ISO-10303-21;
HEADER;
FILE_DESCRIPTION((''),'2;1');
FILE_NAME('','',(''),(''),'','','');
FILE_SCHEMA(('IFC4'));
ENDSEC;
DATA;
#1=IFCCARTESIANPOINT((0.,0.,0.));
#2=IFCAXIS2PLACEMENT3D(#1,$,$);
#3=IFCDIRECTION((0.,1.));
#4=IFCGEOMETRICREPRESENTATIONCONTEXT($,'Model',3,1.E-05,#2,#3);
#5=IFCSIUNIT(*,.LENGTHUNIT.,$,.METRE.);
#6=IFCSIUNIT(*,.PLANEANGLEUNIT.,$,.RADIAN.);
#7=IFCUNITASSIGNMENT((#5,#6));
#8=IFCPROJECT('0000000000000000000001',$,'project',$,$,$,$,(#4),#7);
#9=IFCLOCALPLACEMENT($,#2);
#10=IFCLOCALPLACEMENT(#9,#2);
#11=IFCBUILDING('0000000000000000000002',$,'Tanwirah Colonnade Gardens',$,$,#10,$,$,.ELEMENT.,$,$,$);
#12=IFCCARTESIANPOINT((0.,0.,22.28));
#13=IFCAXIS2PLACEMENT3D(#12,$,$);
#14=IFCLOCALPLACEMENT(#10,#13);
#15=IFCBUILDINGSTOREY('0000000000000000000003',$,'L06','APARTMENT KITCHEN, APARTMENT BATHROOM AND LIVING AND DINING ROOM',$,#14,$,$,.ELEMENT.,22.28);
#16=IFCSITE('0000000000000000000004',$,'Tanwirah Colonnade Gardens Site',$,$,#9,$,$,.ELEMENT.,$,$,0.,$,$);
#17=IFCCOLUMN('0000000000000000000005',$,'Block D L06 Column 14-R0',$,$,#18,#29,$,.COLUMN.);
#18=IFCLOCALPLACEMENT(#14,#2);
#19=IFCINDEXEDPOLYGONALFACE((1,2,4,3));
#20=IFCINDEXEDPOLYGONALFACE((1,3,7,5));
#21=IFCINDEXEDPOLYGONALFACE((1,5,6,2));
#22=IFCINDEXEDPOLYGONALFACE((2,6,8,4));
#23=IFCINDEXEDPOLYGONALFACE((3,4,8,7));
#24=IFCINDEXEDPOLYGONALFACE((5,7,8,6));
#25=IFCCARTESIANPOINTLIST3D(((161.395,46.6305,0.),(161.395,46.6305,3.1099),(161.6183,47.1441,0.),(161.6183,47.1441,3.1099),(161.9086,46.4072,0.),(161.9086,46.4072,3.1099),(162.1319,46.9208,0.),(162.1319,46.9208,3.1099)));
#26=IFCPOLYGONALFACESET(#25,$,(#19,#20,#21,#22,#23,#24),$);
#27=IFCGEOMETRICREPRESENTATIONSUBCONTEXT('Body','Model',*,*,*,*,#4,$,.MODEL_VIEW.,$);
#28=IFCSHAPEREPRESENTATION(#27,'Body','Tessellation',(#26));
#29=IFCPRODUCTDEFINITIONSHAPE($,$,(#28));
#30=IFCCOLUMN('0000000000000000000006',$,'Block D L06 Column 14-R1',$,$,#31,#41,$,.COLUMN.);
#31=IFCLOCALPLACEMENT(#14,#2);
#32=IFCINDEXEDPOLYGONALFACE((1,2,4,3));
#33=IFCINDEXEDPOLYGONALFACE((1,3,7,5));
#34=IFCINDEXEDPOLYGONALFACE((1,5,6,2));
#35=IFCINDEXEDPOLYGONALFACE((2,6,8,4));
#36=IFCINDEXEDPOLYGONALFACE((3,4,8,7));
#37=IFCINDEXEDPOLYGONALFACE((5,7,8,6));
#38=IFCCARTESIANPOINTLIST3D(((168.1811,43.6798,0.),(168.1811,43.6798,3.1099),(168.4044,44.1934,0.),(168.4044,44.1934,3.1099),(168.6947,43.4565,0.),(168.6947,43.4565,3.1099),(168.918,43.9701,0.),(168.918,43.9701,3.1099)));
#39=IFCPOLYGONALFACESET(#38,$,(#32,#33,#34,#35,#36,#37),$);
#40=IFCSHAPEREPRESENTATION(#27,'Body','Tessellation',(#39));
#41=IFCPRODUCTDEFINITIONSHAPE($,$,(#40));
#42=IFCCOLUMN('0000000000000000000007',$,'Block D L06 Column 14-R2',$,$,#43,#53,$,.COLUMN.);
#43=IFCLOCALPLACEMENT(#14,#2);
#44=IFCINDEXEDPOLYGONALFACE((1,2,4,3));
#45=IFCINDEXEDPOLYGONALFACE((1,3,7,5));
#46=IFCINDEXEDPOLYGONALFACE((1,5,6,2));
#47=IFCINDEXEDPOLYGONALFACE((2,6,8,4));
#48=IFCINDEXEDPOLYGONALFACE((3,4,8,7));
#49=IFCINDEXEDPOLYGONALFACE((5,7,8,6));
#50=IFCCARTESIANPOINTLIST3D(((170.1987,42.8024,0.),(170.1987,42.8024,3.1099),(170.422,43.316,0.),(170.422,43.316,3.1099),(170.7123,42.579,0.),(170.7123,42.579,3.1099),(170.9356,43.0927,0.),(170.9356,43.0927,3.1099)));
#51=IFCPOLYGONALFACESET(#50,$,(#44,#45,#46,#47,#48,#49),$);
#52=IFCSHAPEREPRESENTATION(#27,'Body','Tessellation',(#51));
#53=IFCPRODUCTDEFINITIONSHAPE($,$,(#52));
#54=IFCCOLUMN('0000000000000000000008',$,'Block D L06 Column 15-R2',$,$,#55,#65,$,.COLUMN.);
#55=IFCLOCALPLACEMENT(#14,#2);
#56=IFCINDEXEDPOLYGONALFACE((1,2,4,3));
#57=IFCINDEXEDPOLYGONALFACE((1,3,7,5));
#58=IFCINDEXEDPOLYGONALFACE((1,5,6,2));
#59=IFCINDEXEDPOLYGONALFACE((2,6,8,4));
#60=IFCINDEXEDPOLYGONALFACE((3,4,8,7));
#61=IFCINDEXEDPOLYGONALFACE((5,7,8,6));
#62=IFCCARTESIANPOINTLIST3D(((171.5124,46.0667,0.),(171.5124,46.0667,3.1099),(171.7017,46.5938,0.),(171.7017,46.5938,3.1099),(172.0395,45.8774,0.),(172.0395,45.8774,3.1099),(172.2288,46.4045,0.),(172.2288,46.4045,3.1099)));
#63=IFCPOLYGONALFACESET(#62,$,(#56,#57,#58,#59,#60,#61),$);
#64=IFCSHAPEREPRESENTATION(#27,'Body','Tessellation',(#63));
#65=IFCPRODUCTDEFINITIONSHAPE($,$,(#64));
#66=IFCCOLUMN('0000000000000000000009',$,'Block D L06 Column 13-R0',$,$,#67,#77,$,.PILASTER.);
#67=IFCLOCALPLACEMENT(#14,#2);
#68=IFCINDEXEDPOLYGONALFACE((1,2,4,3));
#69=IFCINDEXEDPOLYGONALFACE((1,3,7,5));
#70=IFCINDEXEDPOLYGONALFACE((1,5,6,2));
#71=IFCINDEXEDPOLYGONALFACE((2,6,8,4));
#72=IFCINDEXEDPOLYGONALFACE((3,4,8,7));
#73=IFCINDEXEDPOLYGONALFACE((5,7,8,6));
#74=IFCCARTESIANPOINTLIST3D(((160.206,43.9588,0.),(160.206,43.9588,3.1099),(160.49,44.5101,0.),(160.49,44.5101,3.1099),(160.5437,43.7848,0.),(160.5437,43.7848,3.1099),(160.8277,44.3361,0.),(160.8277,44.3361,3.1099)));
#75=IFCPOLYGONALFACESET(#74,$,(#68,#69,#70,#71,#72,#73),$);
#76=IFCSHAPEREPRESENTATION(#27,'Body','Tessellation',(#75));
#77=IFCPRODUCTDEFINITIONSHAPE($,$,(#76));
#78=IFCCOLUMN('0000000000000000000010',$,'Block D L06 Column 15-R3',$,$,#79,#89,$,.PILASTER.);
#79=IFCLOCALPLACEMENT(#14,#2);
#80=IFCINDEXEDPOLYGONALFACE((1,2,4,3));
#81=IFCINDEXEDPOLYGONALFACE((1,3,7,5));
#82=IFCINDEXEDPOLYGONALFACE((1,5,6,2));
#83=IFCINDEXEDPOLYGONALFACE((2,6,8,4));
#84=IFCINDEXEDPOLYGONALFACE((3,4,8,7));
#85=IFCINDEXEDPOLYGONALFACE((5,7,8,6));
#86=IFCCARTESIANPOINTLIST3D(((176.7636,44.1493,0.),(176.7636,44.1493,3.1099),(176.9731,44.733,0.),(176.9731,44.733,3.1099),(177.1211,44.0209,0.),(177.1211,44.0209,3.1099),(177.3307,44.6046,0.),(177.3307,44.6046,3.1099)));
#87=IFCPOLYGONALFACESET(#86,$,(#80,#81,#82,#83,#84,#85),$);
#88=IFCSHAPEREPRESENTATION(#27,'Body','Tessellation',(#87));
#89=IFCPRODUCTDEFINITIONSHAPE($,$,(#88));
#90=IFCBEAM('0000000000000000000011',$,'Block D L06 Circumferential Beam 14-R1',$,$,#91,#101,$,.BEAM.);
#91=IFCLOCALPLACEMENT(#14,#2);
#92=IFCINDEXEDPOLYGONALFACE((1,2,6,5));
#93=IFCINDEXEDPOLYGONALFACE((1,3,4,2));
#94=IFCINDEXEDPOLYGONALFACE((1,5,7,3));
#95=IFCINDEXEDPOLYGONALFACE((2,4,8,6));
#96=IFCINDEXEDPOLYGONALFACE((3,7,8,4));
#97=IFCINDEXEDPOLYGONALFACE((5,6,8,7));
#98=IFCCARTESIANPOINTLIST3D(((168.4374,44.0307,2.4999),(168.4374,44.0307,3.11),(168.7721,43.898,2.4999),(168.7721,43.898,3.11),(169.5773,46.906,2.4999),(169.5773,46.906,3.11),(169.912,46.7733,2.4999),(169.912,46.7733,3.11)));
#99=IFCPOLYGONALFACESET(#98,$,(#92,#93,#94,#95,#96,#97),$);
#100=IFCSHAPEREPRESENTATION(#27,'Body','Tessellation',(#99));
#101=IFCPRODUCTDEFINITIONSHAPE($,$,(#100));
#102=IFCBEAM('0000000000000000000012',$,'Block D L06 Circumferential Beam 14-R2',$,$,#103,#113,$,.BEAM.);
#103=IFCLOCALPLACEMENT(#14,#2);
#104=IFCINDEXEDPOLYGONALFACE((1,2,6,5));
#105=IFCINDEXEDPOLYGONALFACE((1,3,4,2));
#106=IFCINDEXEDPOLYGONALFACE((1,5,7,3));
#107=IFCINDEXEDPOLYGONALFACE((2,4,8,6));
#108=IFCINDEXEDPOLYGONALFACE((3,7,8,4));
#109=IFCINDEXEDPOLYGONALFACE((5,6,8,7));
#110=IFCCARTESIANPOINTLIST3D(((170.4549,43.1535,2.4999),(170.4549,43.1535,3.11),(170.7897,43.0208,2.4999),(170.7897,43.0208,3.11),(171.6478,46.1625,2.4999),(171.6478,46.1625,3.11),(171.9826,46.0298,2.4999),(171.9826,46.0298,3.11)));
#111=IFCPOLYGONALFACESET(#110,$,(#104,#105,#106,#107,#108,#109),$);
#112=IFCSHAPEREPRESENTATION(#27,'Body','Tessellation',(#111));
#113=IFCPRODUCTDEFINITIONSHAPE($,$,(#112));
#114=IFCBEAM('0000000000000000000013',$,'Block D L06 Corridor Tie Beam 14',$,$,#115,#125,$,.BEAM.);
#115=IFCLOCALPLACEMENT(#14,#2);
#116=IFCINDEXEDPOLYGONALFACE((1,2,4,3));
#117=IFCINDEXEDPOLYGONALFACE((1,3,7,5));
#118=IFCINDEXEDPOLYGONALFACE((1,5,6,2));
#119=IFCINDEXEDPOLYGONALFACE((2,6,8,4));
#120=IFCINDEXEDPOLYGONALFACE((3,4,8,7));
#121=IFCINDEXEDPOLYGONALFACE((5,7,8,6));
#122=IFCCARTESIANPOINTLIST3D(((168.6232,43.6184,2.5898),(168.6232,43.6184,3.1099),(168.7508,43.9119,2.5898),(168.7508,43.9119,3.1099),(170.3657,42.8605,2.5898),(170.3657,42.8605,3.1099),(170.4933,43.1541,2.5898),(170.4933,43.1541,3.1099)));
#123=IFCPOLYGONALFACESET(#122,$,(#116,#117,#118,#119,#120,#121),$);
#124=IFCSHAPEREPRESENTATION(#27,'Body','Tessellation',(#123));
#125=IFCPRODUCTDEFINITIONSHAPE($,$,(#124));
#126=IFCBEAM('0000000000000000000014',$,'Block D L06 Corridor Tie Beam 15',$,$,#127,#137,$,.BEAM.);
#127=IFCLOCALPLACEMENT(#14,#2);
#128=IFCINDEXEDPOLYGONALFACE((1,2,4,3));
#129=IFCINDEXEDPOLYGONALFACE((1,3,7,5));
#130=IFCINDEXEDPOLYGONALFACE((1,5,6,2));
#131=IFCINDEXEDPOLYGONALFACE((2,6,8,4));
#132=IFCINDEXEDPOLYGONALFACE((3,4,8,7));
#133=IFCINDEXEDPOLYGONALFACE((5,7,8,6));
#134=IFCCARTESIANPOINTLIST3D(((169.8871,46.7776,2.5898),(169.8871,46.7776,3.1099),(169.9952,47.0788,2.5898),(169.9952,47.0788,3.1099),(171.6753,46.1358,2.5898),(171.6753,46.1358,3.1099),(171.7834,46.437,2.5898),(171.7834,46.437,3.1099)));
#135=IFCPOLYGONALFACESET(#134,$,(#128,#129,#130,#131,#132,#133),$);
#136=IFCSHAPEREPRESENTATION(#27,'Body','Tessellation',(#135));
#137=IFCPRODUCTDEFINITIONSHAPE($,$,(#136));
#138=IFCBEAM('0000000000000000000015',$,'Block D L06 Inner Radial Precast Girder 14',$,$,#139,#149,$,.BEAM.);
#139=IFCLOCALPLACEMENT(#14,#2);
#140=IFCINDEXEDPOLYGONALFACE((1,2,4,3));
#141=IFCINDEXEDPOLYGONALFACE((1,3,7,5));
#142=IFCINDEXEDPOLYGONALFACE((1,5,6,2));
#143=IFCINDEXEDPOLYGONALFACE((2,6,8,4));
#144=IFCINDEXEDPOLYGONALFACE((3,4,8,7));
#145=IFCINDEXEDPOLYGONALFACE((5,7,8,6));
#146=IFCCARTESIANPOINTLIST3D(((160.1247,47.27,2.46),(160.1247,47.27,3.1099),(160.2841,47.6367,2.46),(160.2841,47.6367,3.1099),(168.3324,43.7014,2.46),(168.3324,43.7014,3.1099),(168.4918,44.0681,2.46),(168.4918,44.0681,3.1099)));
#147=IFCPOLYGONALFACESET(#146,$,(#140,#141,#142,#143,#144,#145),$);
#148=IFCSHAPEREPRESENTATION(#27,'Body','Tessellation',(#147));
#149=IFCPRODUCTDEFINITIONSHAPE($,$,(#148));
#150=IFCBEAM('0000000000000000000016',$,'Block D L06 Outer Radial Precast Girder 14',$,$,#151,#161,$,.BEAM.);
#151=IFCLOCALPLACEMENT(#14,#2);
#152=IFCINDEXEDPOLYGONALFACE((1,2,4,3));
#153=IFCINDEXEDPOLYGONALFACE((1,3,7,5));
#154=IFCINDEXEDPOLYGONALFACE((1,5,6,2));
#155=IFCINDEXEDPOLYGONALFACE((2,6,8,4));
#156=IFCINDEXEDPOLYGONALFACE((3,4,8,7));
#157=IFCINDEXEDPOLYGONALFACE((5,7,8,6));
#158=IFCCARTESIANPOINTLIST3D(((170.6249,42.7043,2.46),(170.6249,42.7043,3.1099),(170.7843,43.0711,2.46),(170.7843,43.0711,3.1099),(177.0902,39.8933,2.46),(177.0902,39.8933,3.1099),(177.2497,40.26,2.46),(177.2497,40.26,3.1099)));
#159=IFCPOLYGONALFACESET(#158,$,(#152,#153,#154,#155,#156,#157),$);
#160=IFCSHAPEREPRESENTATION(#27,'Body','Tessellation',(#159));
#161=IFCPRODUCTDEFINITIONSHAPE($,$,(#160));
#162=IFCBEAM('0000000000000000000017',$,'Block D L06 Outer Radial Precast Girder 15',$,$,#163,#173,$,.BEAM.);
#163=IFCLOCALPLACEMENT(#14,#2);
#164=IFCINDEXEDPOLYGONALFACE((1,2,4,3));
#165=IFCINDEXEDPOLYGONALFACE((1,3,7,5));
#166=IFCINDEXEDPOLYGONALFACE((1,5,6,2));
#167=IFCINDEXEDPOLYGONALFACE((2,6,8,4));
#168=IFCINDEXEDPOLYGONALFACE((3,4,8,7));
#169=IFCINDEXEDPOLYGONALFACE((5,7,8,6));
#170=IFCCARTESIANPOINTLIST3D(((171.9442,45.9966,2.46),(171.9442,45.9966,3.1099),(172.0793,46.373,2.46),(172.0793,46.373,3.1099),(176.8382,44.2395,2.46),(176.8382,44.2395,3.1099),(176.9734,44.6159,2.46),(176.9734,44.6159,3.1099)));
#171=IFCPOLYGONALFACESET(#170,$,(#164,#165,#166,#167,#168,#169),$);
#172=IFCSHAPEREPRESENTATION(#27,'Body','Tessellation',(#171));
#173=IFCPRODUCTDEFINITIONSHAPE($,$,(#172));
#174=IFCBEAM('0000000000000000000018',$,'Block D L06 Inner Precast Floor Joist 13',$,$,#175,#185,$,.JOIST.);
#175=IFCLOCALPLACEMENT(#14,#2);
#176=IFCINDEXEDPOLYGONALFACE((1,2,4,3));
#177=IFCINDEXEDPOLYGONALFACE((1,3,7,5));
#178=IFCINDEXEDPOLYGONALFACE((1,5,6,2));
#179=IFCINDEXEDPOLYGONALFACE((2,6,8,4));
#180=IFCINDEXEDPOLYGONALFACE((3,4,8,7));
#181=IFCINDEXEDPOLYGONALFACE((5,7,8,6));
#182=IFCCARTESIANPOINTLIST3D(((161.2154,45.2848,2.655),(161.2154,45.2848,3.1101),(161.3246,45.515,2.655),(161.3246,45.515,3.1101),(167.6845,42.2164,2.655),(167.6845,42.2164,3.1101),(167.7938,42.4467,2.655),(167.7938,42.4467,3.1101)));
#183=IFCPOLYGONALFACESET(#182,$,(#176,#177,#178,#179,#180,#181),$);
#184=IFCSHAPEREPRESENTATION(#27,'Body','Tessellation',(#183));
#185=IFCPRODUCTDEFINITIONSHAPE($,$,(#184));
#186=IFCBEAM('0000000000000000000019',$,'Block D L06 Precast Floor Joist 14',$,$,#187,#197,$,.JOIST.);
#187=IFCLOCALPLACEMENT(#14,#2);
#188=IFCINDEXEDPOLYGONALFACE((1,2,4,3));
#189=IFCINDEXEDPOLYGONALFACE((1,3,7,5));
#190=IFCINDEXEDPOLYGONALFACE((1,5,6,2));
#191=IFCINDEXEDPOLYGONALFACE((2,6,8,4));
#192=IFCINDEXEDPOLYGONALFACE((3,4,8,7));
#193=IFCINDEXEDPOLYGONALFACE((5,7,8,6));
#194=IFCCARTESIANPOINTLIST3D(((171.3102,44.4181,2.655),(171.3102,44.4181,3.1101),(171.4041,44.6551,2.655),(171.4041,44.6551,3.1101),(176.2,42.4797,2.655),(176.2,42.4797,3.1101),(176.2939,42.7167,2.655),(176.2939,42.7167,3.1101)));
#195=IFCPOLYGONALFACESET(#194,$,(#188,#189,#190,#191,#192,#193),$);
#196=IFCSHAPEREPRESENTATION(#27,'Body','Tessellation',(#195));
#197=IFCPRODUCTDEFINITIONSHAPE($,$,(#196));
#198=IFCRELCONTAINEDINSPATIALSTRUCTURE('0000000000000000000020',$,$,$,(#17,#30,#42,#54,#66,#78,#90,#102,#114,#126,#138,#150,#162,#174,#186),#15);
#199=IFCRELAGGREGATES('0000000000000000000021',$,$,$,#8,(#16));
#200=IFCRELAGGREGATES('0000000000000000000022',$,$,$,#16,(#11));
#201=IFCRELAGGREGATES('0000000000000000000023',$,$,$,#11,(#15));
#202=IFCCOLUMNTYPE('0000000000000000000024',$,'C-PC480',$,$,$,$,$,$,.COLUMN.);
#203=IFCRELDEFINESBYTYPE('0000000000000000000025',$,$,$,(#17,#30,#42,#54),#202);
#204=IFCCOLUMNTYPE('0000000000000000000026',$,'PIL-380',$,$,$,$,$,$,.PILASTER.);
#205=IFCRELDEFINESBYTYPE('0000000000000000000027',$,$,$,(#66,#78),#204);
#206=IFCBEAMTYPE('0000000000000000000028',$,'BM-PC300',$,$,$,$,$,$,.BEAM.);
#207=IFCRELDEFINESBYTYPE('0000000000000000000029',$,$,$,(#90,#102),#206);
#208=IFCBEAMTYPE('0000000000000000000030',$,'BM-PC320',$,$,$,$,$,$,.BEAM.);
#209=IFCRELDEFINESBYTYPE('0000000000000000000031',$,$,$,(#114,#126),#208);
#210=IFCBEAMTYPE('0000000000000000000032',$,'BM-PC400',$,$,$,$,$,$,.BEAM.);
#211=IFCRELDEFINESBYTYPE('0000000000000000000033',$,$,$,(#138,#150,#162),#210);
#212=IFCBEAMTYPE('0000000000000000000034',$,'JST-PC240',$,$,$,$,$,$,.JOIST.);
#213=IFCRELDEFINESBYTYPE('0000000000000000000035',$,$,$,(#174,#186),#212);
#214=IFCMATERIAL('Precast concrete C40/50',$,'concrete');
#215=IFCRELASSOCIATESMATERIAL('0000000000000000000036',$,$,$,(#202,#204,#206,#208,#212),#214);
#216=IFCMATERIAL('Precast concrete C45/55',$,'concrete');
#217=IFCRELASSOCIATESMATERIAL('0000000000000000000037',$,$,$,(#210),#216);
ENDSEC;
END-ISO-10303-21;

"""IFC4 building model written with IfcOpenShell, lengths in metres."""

from ifc_helpers import new_model, si_unit, direction, frame, origin, origin_2d, place, context, subcontext, project, spatial, rectangle, extrude, material, material_profile, profile_set, type_object, element, save


model = new_model("IFC4")

# Units and contexts
model_context = context("Model", 3, precision=1e-05, world=origin(), true_north=direction((0.0, 1.0)))
body_context = subcontext(model_context, "Body", "Model", "MODEL_VIEW")
ifc_project = project(units=[si_unit("LENGTHUNIT", "METRE"), si_unit("PLANEANGLEUNIT", "RADIAN")], contexts=[model_context])

# Site, building, storey
site_placement = place(None, origin())
site = spatial("IfcSite", under=ifc_project, at=site_placement, Name="Tanwirah Colonnade Gardens Site", CompositionType="ELEMENT", RefElevation=0.0)
building_placement = place(site_placement, origin())
building = spatial("IfcBuilding", under=site, at=building_placement, Name="Tanwirah Colonnade Gardens", CompositionType="ELEMENT")
storey_placement = place(building_placement, frame((0.0, 0.0, 22.28)))
storey = spatial("IfcBuildingStorey", under=building, at=storey_placement, Name="L06", Description="APARTMENT KITCHEN, APARTMENT BATHROOM AND LIVING AND DINING ROOM", CompositionType="ELEMENT", Elevation=22.28)

# Columns
ifc_material_1 = material(Name="Precast concrete C40/50", Category="concrete")
ifc_material_profile_1 = material_profile(ifc_material_1, rectangle(XDim=0.5601, YDim=0.5601, at=origin_2d()), Name="PC-COL 560x560")
ifc_profile_set_1 = profile_set([ifc_material_profile_1], Name="Precast concrete C40/50")
column_type_1 = type_object("IfcColumnType", Name="C-PC480", PredefinedType="COLUMN", material=ifc_profile_set_1)
for number, where, z_axis, x_axis, name in (
    (1, (161.7634, 46.7756, 0.0), (0.0, 0.0, 1.0), (0.91706, -0.398749, 0.0), "Block D L06 Column 14-R0"),
    (2, (168.5496, 43.825, 0.0), (0.0, 0.0, 1.0), (0.91706, -0.398749, 0.0), "Block D L06 Column 14-R1"),
    (3, (170.5671, 42.9475, 0.0), (0.0, 0.0, 1.0), (0.91706, -0.398749, 0.0), "Block D L06 Column 14-R2"),
    (4, (171.8706, 46.2356, 0.0), (0.0, 0.0, 1.0), (0.941176, -0.337917, 0.0), "Block D L06 Column 15-R2"),
):
    element("IfcColumn", number, at=place(storey_placement, frame(where, z_axis=z_axis, x_axis=x_axis)), inside=storey, type_object=column_type_1, Name=name, PredefinedType="COLUMN", context=body_context, shape_type="SweptSolid", body=[
        extrude(rectangle(XDim=0.5601, YDim=0.5601, at=origin_2d()), origin(), (0.0, 0.0, 1.0), 3.1099),
    ])
ifc_material_profile_2 = material_profile(ifc_material_1, rectangle(XDim=0.3799, YDim=0.6201, at=origin_2d()), Name="PC-PIL 380x620")
ifc_profile_set_2 = profile_set([ifc_material_profile_2], Name="Precast concrete C40/50")
column_type_2 = type_object("IfcColumnType", Name="PIL-380", PredefinedType="PILASTER", material=ifc_profile_set_2)
for number, where, z_axis, x_axis, name in (
    (5, (160.5168, 44.1475, 0.0), (0.0, 0.0, 1.0), (0.889017, -0.457874, 0.0), "Block D L06 Column 13-R0"),
    (6, (177.0471, 44.377, 0.0), (0.0, 0.0, 1.0), (0.941176, -0.337917, 0.0), "Block D L06 Column 15-R3"),
):
    element("IfcColumn", number, at=place(storey_placement, frame(where, z_axis=z_axis, x_axis=x_axis)), inside=storey, type_object=column_type_2, Name=name, PredefinedType="PILASTER", context=body_context, shape_type="SweptSolid", body=[
        extrude(rectangle(XDim=0.3799, YDim=0.6201, at=origin_2d()), origin(), (0.0, 0.0, 1.0), 3.1099),
    ])

# Beams
ifc_material_profile_3 = material_profile(ifc_material_1, rectangle(XDim=0.3601, YDim=0.6101, at=origin_2d()), Name="PC-BM 360x610")
ifc_profile_set_3 = profile_set([ifc_material_profile_3], Name="Precast concrete C40/50")
beam_type_1 = type_object("IfcBeamType", Name="BM-PC300", PredefinedType="BEAM", material=ifc_profile_set_3)
beam_1_placement = place(storey_placement, frame((168.6047, 43.9644, 2.8049), z_axis=(0.368545, 0.92961, 0.0), x_axis=(-0.92961, 0.368545, 0.0)))
element("IfcBeam", 7, at=beam_1_placement, inside=storey, type_object=beam_type_1, Name="Block D L06 Circumferential Beam 14-R1", PredefinedType="BEAM", context=body_context, shape_type="SweptSolid", body=[
    extrude(rectangle(XDim=0.3601, YDim=0.6101, at=origin_2d()), origin(), (0.0, 0.0, 1.0), 3.093),
])
beam_2_placement = place(storey_placement, frame((170.6223, 43.0872, 2.8049), z_axis=(0.368528, 0.929617, 0.0), x_axis=(-0.929617, 0.368528, 0.0)))
element("IfcBeam", 8, at=beam_2_placement, inside=storey, type_object=beam_type_1, Name="Block D L06 Circumferential Beam 14-R2", PredefinedType="BEAM", context=body_context, shape_type="SweptSolid", body=[
    extrude(rectangle(XDim=0.3601, YDim=0.6101, at=origin_2d()), origin(), (0.0, 0.0, 1.0), 3.2368),
])
ifc_material_profile_4 = material_profile(ifc_material_1, rectangle(XDim=0.3201, YDim=0.52, at=origin_2d()), Name="PC-BM 320x520")
ifc_profile_set_4 = profile_set([ifc_material_profile_4], Name="Precast concrete C40/50")
beam_type_2 = type_object("IfcBeamType", Name="BM-PC320", PredefinedType="BEAM", material=ifc_profile_set_4)
beam_3_placement = place(storey_placement, frame((168.687, 43.7651, 2.8499), z_axis=(0.917025, -0.398829, 0.0), x_axis=(0.398829, 0.917025, 0.0)))
element("IfcBeam", 9, at=beam_3_placement, inside=storey, type_object=beam_type_2, Name="Block D L06 Corridor Tie Beam 14", PredefinedType="BEAM", context=body_context, shape_type="SweptSolid", body=[
    extrude(rectangle(XDim=0.3201, YDim=0.52, at=origin_2d()), origin(), (0.0, 0.0, 1.0), 1.9001),
])
beam_4_placement = place(storey_placement, frame((169.9412, 46.9282, 2.8499), z_axis=(0.941215, -0.337809, 0.0), x_axis=(0.337809, 0.941215, 0.0)))
element("IfcBeam", 10, at=beam_4_placement, inside=storey, type_object=beam_type_2, Name="Block D L06 Corridor Tie Beam 15", PredefinedType="BEAM", context=body_context, shape_type="SweptSolid", body=[
    extrude(rectangle(XDim=0.3201, YDim=0.52, at=origin_2d()), origin(), (0.0, 0.0, 1.0), 1.8999),
])
ifc_material_2 = material(Name="Precast concrete C45/55", Category="concrete")
ifc_material_profile_5 = material_profile(ifc_material_2, rectangle(XDim=0.3999, YDim=0.6499, at=origin_2d()), Name="PC-BM 400x650")
ifc_profile_set_5 = profile_set([ifc_material_profile_5], Name="Precast concrete C45/55")
beam_type_3 = type_object("IfcBeamType", Name="BM-PC400", PredefinedType="BEAM", material=ifc_profile_set_5)
beam_5_placement = place(storey_placement, frame((168.4121, 43.8848, 2.7849), z_axis=(-0.91707, 0.398727, 0.0), x_axis=(-0.398727, -0.91707, 0.0)))
element("IfcBeam", 11, at=beam_5_placement, inside=storey, type_object=beam_type_3, Name="Block D L06 Inner Radial Precast Girder 14", PredefinedType="BEAM", context=body_context, shape_type="SweptSolid", body=[
    extrude(rectangle(XDim=0.3999, YDim=0.6499, at=origin_2d()), origin(), (0.0, 0.0, 1.0), 8.95),
])
beam_6_placement = place(storey_placement, frame((170.7046, 42.8877, 2.7849), z_axis=(0.917069, -0.398729, 0.0), x_axis=(0.398729, 0.917069, 0.0)))
element("IfcBeam", 12, at=beam_6_placement, inside=storey, type_object=beam_type_3, Name="Block D L06 Outer Radial Precast Girder 14", PredefinedType="BEAM", context=body_context, shape_type="SweptSolid", body=[
    extrude(rectangle(XDim=0.3999, YDim=0.6499, at=origin_2d()), origin(), (0.0, 0.0, 1.0), 7.05),
])
beam_7_placement = place(storey_placement, frame((172.0117, 46.1848, 2.7849), z_axis=(0.94118, -0.337906, 0.0), x_axis=(0.337906, 0.94118, 0.0)))
element("IfcBeam", 13, at=beam_7_placement, inside=storey, type_object=beam_type_3, Name="Block D L06 Outer Radial Precast Girder 15", PredefinedType="BEAM", context=body_context, shape_type="SweptSolid", body=[
    extrude(rectangle(XDim=0.3999, YDim=0.6499, at=origin_2d()), origin(), (0.0, 0.0, 1.0), 5.2),
])
ifc_material_profile_6 = material_profile(ifc_material_1, rectangle(XDim=0.2549, YDim=0.4551, at=origin_2d()), Name="PC-JST 255x455")
ifc_profile_set_6 = profile_set([ifc_material_profile_6], Name="Precast concrete C40/50")
beam_type_4 = type_object("IfcBeamType", Name="JST-PC240", PredefinedType="JOIST", material=ifc_profile_set_6)
beam_8_placement = place(storey_placement, frame((161.27, 45.3999, 2.8826), z_axis=(0.903522, -0.428541, 0.0), x_axis=(0.428541, 0.903522, 0.0)))
element("IfcBeam", 14, at=beam_8_placement, inside=storey, type_object=beam_type_4, Name="Block D L06 Inner Precast Floor Joist 13", PredefinedType="JOIST", context=body_context, shape_type="SweptSolid", body=[
    extrude(rectangle(XDim=0.2549, YDim=0.4551, at=origin_2d()), origin(), (0.0, 0.0, 1.0), 7.1599),
])
beam_9_placement = place(storey_placement, frame((171.3572, 44.5366, 2.8826), z_axis=(0.929618, -0.368524, 0.0), x_axis=(0.368524, 0.929618, 0.0)))
element("IfcBeam", 15, at=beam_9_placement, inside=storey, type_object=beam_type_4, Name="Block D L06 Precast Floor Joist 14", PredefinedType="JOIST", context=body_context, shape_type="SweptSolid", body=[
    extrude(rectangle(XDim=0.2549, YDim=0.4551, at=origin_2d()), origin(), (0.0, 0.0, 1.0), 5.26),
])

save(model, "model.ifc")
